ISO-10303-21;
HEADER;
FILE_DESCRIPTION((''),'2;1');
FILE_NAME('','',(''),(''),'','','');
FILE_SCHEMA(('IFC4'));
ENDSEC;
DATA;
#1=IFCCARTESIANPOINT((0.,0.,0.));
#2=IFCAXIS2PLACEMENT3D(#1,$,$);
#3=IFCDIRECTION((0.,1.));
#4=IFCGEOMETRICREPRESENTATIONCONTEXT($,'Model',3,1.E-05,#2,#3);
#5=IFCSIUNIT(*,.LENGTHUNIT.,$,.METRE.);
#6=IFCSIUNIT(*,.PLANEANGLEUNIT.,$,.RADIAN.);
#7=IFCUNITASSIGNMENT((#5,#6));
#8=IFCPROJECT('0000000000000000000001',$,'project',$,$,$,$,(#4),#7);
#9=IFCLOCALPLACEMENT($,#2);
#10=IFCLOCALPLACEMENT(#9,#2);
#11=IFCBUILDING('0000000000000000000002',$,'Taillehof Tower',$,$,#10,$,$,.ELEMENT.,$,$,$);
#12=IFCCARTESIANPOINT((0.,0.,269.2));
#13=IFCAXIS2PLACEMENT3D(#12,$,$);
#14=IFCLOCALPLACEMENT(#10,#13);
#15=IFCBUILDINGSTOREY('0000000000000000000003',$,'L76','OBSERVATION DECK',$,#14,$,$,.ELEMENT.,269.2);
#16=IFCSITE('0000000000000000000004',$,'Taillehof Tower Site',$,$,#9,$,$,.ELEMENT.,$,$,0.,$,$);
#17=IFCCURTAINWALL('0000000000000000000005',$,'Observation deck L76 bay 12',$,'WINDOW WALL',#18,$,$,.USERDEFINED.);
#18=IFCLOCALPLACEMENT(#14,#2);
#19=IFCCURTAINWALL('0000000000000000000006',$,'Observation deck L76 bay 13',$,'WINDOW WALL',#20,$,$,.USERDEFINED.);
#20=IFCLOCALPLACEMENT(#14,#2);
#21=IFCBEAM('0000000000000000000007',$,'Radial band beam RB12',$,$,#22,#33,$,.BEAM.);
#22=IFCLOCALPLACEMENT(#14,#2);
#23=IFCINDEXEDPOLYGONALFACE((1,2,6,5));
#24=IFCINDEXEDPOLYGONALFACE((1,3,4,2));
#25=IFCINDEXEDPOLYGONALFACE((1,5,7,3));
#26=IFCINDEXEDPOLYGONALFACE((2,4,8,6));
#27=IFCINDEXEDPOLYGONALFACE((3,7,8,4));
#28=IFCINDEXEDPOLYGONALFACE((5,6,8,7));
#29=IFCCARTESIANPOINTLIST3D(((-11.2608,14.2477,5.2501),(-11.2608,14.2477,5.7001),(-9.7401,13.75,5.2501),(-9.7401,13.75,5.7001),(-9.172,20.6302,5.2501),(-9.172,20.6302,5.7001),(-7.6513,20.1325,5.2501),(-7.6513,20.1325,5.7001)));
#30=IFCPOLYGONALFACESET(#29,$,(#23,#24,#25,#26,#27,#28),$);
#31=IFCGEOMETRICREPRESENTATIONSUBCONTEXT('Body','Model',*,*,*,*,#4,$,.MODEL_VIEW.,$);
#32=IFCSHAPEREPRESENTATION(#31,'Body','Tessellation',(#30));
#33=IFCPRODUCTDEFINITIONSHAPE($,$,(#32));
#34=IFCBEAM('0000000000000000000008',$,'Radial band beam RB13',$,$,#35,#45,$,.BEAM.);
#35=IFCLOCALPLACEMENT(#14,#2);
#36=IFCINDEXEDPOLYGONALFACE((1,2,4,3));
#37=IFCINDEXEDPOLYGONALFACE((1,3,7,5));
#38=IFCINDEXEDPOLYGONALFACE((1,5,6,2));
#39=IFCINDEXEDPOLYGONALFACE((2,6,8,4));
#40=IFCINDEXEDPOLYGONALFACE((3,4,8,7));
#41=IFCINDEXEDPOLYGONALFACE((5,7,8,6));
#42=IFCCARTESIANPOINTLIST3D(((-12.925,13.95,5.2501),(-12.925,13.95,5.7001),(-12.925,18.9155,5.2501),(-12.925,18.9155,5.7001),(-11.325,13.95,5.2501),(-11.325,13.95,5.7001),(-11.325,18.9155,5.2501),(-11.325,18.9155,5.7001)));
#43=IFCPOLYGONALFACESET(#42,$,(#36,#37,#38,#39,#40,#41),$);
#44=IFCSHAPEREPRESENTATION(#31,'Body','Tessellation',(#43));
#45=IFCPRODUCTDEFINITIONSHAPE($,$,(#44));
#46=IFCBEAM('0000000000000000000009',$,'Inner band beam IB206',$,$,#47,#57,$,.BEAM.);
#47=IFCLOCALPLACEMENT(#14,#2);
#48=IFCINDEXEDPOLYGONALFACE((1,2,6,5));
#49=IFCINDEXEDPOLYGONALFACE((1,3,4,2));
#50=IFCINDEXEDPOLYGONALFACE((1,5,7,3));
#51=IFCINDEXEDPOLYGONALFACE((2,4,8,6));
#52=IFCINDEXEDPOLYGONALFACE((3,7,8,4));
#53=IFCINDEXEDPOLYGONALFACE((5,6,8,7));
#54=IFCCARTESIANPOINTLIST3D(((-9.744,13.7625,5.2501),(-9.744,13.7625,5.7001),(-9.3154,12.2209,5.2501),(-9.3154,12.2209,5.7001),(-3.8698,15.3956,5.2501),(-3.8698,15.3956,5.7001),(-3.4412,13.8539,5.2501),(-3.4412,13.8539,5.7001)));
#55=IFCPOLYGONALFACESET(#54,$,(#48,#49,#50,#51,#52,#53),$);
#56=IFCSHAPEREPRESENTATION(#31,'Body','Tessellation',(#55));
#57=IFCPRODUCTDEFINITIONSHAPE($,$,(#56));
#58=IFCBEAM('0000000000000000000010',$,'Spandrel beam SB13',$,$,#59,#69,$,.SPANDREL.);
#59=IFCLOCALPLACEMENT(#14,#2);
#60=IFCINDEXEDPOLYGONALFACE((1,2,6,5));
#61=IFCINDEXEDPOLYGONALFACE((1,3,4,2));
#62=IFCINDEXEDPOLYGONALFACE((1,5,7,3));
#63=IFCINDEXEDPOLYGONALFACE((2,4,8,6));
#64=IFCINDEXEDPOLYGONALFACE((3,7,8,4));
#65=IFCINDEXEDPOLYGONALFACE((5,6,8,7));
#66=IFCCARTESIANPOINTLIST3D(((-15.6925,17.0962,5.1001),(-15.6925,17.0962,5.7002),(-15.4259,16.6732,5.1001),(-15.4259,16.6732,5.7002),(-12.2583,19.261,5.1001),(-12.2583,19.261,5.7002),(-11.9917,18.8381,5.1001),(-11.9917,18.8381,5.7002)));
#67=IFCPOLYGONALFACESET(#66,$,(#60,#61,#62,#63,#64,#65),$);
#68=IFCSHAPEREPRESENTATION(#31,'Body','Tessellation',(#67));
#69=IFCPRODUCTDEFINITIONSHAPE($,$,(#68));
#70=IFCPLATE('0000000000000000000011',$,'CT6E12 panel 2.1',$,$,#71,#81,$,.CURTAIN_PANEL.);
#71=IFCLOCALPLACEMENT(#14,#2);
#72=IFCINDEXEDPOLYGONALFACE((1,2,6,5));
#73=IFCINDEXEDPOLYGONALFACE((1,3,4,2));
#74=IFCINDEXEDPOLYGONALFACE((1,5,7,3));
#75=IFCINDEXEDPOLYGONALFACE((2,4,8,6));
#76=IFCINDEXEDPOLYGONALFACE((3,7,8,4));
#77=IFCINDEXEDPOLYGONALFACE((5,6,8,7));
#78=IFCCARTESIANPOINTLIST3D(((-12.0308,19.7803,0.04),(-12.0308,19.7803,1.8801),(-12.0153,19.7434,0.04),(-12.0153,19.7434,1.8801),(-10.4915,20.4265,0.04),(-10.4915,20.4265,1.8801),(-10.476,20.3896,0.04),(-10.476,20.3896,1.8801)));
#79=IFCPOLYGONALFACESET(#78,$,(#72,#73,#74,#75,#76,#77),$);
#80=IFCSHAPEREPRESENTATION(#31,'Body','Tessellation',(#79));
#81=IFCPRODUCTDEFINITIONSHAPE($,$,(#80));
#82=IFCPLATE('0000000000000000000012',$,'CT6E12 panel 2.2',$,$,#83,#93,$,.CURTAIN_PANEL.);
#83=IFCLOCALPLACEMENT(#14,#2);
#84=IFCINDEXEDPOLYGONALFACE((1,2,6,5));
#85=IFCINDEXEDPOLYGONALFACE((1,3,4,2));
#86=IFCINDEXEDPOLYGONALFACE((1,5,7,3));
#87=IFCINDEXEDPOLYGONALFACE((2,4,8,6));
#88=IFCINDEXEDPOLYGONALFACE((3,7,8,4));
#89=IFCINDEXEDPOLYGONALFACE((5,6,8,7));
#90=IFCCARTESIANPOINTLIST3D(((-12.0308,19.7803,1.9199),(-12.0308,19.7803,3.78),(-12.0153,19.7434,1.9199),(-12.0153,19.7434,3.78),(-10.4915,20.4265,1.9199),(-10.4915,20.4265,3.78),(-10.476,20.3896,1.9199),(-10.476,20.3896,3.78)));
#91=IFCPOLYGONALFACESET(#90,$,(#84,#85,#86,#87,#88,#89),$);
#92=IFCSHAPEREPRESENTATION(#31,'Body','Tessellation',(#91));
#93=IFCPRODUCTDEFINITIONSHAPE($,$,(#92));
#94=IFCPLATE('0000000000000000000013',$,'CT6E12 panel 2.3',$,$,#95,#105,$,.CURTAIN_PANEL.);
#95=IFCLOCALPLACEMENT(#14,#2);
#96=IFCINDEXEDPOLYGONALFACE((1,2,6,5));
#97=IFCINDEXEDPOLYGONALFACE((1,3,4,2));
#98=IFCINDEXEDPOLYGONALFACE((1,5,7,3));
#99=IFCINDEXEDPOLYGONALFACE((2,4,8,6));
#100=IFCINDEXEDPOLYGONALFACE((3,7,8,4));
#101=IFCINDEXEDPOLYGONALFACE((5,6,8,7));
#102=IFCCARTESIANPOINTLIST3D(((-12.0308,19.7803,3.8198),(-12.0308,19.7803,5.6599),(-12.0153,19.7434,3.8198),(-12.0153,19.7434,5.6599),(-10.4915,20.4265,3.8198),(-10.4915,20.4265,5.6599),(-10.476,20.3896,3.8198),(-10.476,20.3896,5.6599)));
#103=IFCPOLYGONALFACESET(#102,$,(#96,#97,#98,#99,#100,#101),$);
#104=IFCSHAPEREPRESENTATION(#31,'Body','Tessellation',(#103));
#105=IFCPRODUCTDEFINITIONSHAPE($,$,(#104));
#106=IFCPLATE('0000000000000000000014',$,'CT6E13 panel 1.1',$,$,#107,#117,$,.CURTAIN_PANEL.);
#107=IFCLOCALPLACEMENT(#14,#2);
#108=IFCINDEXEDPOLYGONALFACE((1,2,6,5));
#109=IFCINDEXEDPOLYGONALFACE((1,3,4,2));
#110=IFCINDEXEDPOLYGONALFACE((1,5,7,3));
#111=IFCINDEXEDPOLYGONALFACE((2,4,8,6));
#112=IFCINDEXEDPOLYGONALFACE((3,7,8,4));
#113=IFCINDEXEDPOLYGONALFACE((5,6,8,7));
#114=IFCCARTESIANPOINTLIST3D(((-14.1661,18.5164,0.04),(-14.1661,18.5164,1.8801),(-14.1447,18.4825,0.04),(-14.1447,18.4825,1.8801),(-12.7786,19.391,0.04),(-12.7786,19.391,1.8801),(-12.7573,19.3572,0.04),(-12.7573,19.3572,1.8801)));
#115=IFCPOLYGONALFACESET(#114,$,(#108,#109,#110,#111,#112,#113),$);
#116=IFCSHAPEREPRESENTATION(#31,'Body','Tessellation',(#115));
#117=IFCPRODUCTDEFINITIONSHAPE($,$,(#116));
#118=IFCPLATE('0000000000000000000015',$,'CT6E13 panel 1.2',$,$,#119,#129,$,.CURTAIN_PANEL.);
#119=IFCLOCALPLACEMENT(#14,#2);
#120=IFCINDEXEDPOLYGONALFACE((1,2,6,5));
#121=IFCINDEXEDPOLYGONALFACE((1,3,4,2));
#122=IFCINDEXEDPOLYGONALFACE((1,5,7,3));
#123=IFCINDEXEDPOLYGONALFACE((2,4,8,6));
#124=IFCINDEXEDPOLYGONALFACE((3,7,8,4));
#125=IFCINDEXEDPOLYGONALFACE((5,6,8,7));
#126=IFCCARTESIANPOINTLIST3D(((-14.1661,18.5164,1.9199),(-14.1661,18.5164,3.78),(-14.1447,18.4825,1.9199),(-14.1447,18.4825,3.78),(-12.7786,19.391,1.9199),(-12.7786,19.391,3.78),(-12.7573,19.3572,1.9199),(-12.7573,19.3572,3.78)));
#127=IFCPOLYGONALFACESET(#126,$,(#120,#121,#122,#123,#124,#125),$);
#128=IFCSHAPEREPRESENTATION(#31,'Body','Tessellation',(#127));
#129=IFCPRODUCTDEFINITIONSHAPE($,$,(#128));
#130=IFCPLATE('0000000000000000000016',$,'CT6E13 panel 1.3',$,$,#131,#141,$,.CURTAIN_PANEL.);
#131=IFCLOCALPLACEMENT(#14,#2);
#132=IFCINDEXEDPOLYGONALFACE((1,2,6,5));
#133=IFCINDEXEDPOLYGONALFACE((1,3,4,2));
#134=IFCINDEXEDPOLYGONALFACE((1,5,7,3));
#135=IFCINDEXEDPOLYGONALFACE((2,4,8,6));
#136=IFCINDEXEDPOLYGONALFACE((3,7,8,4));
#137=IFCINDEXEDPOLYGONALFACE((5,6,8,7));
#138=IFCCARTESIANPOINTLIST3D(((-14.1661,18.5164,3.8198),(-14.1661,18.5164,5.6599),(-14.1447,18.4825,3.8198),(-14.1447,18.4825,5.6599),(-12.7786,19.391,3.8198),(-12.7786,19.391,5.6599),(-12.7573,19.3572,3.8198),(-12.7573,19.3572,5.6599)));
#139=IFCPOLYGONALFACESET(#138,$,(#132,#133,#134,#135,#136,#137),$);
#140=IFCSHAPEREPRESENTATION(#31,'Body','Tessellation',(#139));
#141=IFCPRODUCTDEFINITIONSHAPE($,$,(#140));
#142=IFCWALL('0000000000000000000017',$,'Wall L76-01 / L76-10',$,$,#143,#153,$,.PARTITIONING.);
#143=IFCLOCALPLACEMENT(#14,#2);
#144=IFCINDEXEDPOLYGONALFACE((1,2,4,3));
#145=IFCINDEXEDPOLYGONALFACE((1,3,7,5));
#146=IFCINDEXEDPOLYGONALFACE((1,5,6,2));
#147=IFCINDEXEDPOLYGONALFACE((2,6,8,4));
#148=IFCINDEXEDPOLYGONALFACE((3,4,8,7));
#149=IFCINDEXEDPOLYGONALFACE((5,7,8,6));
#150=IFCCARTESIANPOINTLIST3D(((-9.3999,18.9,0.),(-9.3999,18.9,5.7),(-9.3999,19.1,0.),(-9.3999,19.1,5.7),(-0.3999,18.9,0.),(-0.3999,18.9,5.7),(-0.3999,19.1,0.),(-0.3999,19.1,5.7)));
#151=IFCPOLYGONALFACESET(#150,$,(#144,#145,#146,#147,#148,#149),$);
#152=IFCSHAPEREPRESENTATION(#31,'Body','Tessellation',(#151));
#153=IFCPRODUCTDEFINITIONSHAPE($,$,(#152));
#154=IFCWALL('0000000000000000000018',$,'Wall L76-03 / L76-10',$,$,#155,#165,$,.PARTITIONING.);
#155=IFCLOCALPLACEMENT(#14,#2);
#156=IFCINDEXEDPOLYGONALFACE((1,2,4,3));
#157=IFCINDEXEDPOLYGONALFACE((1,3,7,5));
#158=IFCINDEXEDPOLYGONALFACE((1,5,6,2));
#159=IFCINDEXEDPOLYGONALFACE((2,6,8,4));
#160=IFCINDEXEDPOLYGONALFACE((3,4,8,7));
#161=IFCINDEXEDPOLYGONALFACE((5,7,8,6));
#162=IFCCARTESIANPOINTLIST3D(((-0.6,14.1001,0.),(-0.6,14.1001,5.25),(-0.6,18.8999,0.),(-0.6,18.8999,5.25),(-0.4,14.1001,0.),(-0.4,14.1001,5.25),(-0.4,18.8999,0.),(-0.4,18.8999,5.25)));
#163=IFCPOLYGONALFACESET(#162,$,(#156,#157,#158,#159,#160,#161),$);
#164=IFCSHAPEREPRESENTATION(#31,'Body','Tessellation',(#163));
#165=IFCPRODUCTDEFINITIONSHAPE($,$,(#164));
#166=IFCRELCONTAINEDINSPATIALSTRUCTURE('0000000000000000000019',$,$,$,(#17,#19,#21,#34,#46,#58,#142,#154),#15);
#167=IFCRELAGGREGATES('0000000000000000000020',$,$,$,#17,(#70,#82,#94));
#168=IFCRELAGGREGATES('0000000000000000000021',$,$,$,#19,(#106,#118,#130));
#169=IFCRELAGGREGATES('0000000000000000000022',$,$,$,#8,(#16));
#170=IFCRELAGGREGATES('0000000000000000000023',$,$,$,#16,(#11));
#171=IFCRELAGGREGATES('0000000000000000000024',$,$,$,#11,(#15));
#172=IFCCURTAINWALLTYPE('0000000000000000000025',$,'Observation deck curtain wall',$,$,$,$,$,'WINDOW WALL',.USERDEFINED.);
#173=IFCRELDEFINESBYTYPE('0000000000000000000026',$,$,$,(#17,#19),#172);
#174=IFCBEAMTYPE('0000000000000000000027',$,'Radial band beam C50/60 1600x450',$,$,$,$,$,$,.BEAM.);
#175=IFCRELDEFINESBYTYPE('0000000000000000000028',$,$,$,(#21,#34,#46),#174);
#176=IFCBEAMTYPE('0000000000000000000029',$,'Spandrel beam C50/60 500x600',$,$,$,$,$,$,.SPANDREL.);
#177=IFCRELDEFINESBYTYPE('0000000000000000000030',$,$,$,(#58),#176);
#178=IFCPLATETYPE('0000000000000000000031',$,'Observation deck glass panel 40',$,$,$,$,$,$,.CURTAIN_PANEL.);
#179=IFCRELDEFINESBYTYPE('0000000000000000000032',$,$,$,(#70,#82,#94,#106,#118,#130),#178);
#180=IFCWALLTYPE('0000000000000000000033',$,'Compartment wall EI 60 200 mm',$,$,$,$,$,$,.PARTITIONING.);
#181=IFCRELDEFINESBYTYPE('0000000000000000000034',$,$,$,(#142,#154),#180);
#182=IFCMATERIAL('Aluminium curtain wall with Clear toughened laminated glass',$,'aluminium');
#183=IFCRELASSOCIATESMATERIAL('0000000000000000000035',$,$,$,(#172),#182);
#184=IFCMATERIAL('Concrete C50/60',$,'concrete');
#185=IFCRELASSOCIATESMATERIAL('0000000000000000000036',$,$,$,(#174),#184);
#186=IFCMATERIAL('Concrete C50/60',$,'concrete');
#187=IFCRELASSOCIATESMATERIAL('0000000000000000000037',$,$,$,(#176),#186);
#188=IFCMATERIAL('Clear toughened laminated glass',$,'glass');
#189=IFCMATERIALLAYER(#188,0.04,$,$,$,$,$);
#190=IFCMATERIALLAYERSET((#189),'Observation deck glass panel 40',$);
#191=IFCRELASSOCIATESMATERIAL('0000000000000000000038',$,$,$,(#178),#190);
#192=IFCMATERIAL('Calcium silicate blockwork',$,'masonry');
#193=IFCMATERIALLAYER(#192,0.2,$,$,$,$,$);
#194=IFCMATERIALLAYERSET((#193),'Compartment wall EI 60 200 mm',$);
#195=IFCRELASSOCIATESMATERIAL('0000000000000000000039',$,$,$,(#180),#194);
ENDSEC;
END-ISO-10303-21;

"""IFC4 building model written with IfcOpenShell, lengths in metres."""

from ifc_helpers import new_model, si_unit, direction, frame, frame_2d, origin, origin_2d, place, context, subcontext, project, spatial, rectangle, extrude, material, layer, layer_set, material_profile, profile_set, type_object, element, aggregate, save


model = new_model("IFC4")

# Units and contexts
model_context = context("Model", 3, precision=1e-05, world=origin(), true_north=direction((0.0, 1.0)))
body_context = subcontext(model_context, "Body", "Model", "MODEL_VIEW")
ifc_project = project(units=[si_unit("LENGTHUNIT", "METRE"), si_unit("PLANEANGLEUNIT", "RADIAN")], contexts=[model_context])

# Site, building, storey
site_placement = place(None, origin())
site = spatial("IfcSite", under=ifc_project, at=site_placement, Name="Taillehof Tower Site", CompositionType="ELEMENT", RefElevation=0.0)
building_placement = place(site_placement, origin())
building = spatial("IfcBuilding", under=site, at=building_placement, Name="Taillehof Tower", CompositionType="ELEMENT")
storey_placement = place(building_placement, frame((0.0, 0.0, 269.2)))
storey = spatial("IfcBuildingStorey", under=building, at=storey_placement, Name="L76", Description="OBSERVATION DECK", CompositionType="ELEMENT", Elevation=269.2)

# Curtain wall
ifc_material_1 = material(Name="Aluminium curtain wall with Clear toughened laminated glass", Category="aluminium")
curtain_wall_type = type_object("IfcCurtainWallType", Name="Observation deck curtain wall", ElementType="WINDOW WALL", PredefinedType="USERDEFINED", material=ifc_material_1)
curtain_wall_1_placement = place(storey_placement, origin())
curtain_wall_1 = element("IfcCurtainWall", 1, at=curtain_wall_1_placement, inside=storey, type_object=curtain_wall_type, Name="Observation deck L76 bay 12", ObjectType="WINDOW WALL", PredefinedType="USERDEFINED")

# Curtain wall
curtain_wall_2_placement = place(storey_placement, origin())
curtain_wall_2 = element("IfcCurtainWall", 2, at=curtain_wall_2_placement, inside=storey, type_object=curtain_wall_type, Name="Observation deck L76 bay 13", ObjectType="WINDOW WALL", PredefinedType="USERDEFINED")

# Beams
ifc_material_2 = material(Name="Concrete C50/60", Category="concrete")
ifc_material_profile_1 = material_profile(ifc_material_2, rectangle(XDim=1.6001, YDim=0.45, at=origin_2d()), Name="RC 1600x450")
ifc_profile_set_1 = profile_set([ifc_material_profile_1], Name="Concrete C50/60")
beam_type_1 = type_object("IfcBeamType", Name="Radial band beam C50/60 1600x450", PredefinedType="BEAM", material=ifc_profile_set_1)
beam_1_placement = place(storey_placement, frame((-8.4116, 20.3813, 5.4751), z_axis=(-0.311043, -0.950396, 0.0), x_axis=(0.950396, -0.311043, 0.0)))
element("IfcBeam", 3, at=beam_1_placement, inside=storey, type_object=beam_type_1, Name="Radial band beam RB12", PredefinedType="BEAM", context=body_context, shape_type="SweptSolid", body=[
    extrude(rectangle(XDim=1.6001, YDim=0.45, at=origin_2d()), origin(), (0.0, 0.0, 1.0), 6.7156),
])
beam_2_placement = place(storey_placement, frame((-12.125, 18.9155, 5.4751), z_axis=(0.0, -1.0, 0.0), x_axis=(1.0, 0.0, 0.0)))
element("IfcBeam", 4, at=beam_2_placement, inside=storey, type_object=beam_type_1, Name="Radial band beam RB13", PredefinedType="BEAM", context=body_context, shape_type="SweptSolid", body=[
    extrude(rectangle(XDim=1.6001, YDim=0.45, at=origin_2d()), origin(), (0.0, 0.0, 1.0), 4.9656),
])
beam_3_placement = place(storey_placement, frame((-3.6555, 14.6248, 5.4751), z_axis=(-0.963459, -0.267855, 0.0), x_axis=(0.267855, -0.963459, 0.0)))
element("IfcBeam", 5, at=beam_3_placement, inside=storey, type_object=beam_type_1, Name="Inner band beam IB206", PredefinedType="BEAM", context=body_context, shape_type="SweptSolid", body=[
    extrude(rectangle(XDim=1.6001, YDim=0.45, at=origin_2d()), origin(), (0.0, 0.0, 1.0), 6.0969),
])
ifc_material_3 = material(Name="Concrete C50/60", Category="concrete")
ifc_material_profile_2 = material_profile(ifc_material_3, rectangle(XDim=0.5, YDim=0.6001, at=origin_2d()), Name="RC 500x600")
ifc_profile_set_2 = profile_set([ifc_material_profile_2], Name="Concrete C50/60")
beam_type_2 = type_object("IfcBeamType", Name="Spandrel beam C50/60 500x600", PredefinedType="SPANDREL", material=ifc_profile_set_2)
beam_4_placement = place(storey_placement, frame((-12.125, 19.0496, 5.4001), z_axis=(-0.845944, -0.533271, 0.0), x_axis=(0.533271, -0.845944, 0.0)))
element("IfcBeam", 6, at=beam_4_placement, inside=storey, type_object=beam_type_2, Name="Spandrel beam SB13", PredefinedType="SPANDREL", context=body_context, shape_type="SweptSolid", body=[
    extrude(rectangle(XDim=0.5, YDim=0.6001, at=origin_2d()), origin(), (0.0, 0.0, 1.0), 4.0596),
])

# Plates
ifc_material_4 = material(Name="Clear toughened laminated glass", Category="glass")
ifc_layer_1 = layer(ifc_material_4, 0.04)
ifc_layer_set_1 = layer_set([ifc_layer_1], Name="Observation deck glass panel 40")
plate_type = type_object("IfcPlateType", Name="Observation deck glass panel 40", PredefinedType="CURTAIN_PANEL", material=ifc_layer_set_1)
plate_1_placement = place(storey_placement, frame((-11.2534, 20.085, 0.04), z_axis=(0.0, 0.0, 1.0), x_axis=(-0.922037, -0.387101, 0.0)))
plate_1 = element("IfcPlate", 7, at=plate_1_placement, type_object=plate_type, Name="CT6E12 panel 2.1", PredefinedType="CURTAIN_PANEL", context=body_context, shape_type="SweptSolid", body=[
    extrude(rectangle(XDim=1.6694, YDim=0.04, at=origin_2d()), origin(), (0.0, 0.0, 1.0), 1.8401),
])
plate_2_placement = place(storey_placement, frame((-11.2534, 20.085, 1.9199), z_axis=(0.0, 0.0, 1.0), x_axis=(-0.922037, -0.387101, 0.0)))
plate_2 = element("IfcPlate", 8, at=plate_2_placement, type_object=plate_type, Name="CT6E12 panel 2.2", PredefinedType="CURTAIN_PANEL", context=body_context, shape_type="SweptSolid", body=[
    extrude(rectangle(XDim=1.6694, YDim=0.04, at=origin_2d()), origin(), (0.0, 0.0, 1.0), 1.8601),
])
plate_3_placement = place(storey_placement, frame((-11.2534, 20.085, 3.8198), z_axis=(0.0, 0.0, 1.0), x_axis=(-0.922037, -0.387101, 0.0)))
plate_3 = element("IfcPlate", 9, at=plate_3_placement, type_object=plate_type, Name="CT6E12 panel 2.3", PredefinedType="CURTAIN_PANEL", context=body_context, shape_type="SweptSolid", body=[
    extrude(rectangle(XDim=1.6694, YDim=0.04, at=origin_2d()), origin(), (0.0, 0.0, 1.0), 1.8401),
])
aggregate(curtain_wall_1, [plate_1, plate_2, plate_3])
plate_4_placement = place(storey_placement, frame((-13.4617, 18.9368, 0.04), z_axis=(0.0, 0.0, 1.0), x_axis=(-0.84593, -0.533294, 0.0)))
plate_4 = element("IfcPlate", 10, at=plate_4_placement, type_object=plate_type, Name="CT6E13 panel 1.1", PredefinedType="CURTAIN_PANEL", context=body_context, shape_type="SweptSolid", body=[
    extrude(rectangle(XDim=1.6401, YDim=0.04, at=origin_2d()), origin(), (0.0, 0.0, 1.0), 1.8401),
])
plate_5_placement = place(storey_placement, frame((-13.4617, 18.9368, 1.9199), z_axis=(0.0, 0.0, 1.0), x_axis=(-0.84593, -0.533294, 0.0)))
plate_5 = element("IfcPlate", 11, at=plate_5_placement, type_object=plate_type, Name="CT6E13 panel 1.2", PredefinedType="CURTAIN_PANEL", context=body_context, shape_type="SweptSolid", body=[
    extrude(rectangle(XDim=1.6401, YDim=0.04, at=origin_2d()), origin(), (0.0, 0.0, 1.0), 1.8601),
])
plate_6_placement = place(storey_placement, frame((-13.4617, 18.9368, 3.8198), z_axis=(0.0, 0.0, 1.0), x_axis=(-0.84593, -0.533294, 0.0)))
plate_6 = element("IfcPlate", 12, at=plate_6_placement, type_object=plate_type, Name="CT6E13 panel 1.3", PredefinedType="CURTAIN_PANEL", context=body_context, shape_type="SweptSolid", body=[
    extrude(rectangle(XDim=1.6401, YDim=0.04, at=origin_2d()), origin(), (0.0, 0.0, 1.0), 1.8401),
])
aggregate(curtain_wall_2, [plate_4, plate_5, plate_6])

# Walls
ifc_material_5 = material(Name="Calcium silicate blockwork", Category="masonry")
ifc_layer_2 = layer(ifc_material_5, 0.2)
ifc_layer_set_2 = layer_set([ifc_layer_2], Name="Compartment wall EI 60 200 mm")
wall_type = type_object("IfcWallType", Name="Compartment wall EI 60 200 mm", PredefinedType="PARTITIONING", material=ifc_layer_set_2)
wall_1_placement = place(storey_placement, frame((-9.3999, 19.0, 0.0), z_axis=(0.0, 0.0, 1.0), x_axis=(1.0, 0.0, 0.0)))
element("IfcWall", 13, at=wall_1_placement, inside=storey, type_object=wall_type, Name="Wall L76-01 / L76-10", PredefinedType="PARTITIONING", context=body_context, shape_type="SweptSolid", body=[
    extrude(rectangle(XDim=9.0, YDim=0.2, at=frame_2d((4.5, 0.0))), origin(), (0.0, 0.0, 1.0), 5.7),
])
wall_2_placement = place(storey_placement, frame((-0.5, 14.1001, 0.0), z_axis=(0.0, 0.0, 1.0), x_axis=(0.0, 1.0, 0.0)))
element("IfcWall", 14, at=wall_2_placement, inside=storey, type_object=wall_type, Name="Wall L76-03 / L76-10", PredefinedType="PARTITIONING", context=body_context, shape_type="SweptSolid", body=[
    extrude(rectangle(XDim=4.7998, YDim=0.2, at=frame_2d((2.3999, 0.0))), origin(), (0.0, 0.0, 1.0), 5.25),
])

save(model, "model.ifc")
